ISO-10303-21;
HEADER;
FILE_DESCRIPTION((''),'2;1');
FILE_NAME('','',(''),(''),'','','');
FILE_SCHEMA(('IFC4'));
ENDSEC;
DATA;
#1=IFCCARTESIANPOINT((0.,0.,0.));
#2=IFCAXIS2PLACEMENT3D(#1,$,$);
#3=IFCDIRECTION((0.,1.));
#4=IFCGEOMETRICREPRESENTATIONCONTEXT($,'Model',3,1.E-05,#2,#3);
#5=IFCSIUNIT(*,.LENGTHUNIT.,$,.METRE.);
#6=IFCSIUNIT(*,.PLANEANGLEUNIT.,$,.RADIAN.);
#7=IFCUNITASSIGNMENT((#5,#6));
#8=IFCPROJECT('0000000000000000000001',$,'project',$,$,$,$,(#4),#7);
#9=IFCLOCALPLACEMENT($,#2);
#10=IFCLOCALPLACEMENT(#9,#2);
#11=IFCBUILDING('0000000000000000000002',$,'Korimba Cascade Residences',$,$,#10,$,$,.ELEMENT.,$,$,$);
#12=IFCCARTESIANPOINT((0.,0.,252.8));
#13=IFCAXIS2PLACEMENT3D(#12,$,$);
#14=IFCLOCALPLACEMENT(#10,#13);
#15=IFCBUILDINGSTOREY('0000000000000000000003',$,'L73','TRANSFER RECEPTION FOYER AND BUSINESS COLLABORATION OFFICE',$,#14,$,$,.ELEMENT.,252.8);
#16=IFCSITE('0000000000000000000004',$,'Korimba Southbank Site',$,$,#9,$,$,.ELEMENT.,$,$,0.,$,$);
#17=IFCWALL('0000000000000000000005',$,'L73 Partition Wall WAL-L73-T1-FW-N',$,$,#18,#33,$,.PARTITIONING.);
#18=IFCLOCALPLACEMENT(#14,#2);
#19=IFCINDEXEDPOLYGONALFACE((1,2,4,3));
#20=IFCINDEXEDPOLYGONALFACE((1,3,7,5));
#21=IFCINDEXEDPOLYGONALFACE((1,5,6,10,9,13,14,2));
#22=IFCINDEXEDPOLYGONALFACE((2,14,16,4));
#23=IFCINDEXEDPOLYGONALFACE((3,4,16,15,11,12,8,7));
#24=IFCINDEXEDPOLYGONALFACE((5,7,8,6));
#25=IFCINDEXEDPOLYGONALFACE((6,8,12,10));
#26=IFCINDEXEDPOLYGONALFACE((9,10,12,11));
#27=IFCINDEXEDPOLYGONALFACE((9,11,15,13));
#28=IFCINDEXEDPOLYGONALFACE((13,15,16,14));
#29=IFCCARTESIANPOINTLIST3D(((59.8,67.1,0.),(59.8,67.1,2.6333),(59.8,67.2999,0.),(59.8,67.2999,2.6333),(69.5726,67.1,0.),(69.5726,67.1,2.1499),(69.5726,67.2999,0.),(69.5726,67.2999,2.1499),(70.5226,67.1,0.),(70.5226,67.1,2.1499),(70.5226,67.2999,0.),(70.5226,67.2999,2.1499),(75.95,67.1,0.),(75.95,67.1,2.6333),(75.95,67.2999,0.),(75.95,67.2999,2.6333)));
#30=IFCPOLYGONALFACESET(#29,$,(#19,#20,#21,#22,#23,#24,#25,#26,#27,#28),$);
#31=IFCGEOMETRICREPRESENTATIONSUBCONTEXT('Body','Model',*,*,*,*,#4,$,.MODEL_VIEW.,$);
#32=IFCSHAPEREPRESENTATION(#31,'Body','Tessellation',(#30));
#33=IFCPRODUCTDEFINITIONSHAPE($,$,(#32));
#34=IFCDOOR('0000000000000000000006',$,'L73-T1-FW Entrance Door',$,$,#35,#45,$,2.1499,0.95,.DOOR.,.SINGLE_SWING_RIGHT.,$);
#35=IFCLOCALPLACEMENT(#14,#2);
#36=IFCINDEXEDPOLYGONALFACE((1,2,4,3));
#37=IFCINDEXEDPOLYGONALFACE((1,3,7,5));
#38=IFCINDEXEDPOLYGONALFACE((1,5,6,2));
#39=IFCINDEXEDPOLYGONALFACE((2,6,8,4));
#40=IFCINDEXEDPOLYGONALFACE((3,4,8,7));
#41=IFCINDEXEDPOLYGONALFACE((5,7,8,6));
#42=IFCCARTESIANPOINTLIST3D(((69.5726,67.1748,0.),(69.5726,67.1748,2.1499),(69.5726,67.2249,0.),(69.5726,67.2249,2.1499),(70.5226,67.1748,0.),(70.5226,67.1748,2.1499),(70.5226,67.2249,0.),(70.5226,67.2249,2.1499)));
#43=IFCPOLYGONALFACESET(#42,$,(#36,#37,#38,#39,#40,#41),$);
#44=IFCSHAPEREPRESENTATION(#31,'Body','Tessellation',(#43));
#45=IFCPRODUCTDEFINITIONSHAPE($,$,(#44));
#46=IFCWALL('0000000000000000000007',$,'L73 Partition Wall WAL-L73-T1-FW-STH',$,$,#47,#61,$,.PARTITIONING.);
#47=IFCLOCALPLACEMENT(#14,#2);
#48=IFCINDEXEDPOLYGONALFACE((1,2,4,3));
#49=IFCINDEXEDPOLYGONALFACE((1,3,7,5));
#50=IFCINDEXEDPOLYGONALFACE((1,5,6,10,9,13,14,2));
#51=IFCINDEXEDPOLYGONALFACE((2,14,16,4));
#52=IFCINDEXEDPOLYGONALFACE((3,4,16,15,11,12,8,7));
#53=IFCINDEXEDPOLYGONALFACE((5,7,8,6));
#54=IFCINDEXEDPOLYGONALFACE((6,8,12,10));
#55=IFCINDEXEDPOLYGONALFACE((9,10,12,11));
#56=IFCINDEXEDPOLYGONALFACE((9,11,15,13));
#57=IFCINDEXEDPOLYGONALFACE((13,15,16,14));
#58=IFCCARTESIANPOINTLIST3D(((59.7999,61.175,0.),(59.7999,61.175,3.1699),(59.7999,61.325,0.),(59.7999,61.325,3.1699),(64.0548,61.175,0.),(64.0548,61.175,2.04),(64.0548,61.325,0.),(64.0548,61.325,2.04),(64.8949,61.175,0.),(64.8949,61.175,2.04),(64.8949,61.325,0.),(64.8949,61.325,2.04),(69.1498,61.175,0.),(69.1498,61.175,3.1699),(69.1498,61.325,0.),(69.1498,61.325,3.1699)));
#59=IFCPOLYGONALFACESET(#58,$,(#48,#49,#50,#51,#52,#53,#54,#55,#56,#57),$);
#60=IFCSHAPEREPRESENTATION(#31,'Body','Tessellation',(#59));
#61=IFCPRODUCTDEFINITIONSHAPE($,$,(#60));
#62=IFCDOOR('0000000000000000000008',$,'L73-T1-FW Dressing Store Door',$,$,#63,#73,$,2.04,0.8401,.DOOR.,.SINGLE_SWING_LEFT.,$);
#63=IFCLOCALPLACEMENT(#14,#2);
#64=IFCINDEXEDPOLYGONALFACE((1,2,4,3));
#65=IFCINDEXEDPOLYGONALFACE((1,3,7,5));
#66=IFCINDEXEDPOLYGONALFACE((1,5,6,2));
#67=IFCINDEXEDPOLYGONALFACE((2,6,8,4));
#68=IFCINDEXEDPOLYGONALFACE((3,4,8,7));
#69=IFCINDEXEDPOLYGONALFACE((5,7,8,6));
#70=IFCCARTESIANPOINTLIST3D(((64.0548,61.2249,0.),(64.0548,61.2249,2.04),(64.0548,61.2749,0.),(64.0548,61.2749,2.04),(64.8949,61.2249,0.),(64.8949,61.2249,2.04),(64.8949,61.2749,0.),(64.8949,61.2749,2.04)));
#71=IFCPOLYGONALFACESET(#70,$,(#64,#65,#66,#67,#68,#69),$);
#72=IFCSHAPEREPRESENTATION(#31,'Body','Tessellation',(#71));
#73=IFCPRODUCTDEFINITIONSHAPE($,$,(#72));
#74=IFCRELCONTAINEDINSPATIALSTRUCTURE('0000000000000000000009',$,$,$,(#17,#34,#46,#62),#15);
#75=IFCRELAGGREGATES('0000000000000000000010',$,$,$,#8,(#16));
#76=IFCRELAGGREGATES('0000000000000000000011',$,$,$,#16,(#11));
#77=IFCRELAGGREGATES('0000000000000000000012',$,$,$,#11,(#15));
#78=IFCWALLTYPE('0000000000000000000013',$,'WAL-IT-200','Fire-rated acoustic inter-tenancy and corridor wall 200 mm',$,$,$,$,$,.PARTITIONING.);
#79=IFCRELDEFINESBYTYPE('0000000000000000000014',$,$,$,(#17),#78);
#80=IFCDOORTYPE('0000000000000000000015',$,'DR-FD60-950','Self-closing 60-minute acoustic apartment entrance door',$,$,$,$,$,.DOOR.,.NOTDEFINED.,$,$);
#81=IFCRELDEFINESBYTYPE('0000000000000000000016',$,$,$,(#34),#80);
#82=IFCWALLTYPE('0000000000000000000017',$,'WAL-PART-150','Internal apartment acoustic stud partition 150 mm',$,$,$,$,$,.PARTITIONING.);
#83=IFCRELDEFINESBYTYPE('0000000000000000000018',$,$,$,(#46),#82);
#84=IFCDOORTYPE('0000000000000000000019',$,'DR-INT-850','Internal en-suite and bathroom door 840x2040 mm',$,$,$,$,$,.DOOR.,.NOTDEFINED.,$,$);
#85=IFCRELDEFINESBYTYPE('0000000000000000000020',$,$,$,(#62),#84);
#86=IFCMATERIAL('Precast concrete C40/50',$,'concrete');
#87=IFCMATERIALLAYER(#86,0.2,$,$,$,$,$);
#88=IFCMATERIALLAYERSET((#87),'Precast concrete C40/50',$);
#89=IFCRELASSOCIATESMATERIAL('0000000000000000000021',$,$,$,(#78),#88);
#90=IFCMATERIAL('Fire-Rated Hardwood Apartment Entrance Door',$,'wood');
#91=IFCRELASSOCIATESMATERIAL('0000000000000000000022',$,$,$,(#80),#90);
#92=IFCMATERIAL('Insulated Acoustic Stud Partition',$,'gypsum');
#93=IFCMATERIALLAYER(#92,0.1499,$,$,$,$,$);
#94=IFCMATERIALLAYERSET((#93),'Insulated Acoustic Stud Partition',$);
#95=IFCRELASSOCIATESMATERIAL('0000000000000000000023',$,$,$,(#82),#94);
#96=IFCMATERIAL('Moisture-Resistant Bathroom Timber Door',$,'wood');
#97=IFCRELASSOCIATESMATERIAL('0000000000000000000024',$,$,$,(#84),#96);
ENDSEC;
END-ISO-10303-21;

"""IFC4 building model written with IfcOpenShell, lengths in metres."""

from ifc_helpers import new_model, si_unit, direction, frame, frame_2d, origin, place, context, subcontext, project, spatial, rectangle, extrude, material, layer, layer_set, type_object, element, fill, save


model = new_model("IFC4")

# Units and contexts
model_context = context("Model", 3, precision=1e-05, world=origin(), true_north=direction((0.0, 1.0)))
body_context = subcontext(model_context, "Body", "Model", "MODEL_VIEW")
ifc_project = project(units=[si_unit("LENGTHUNIT", "METRE"), si_unit("PLANEANGLEUNIT", "RADIAN")], contexts=[model_context])

# Site, building, storey
site_placement = place(None, origin())
site = spatial("IfcSite", under=ifc_project, at=site_placement, Name="Korimba Southbank Site", CompositionType="ELEMENT", RefElevation=0.0)
building_placement = place(site_placement, origin())
building = spatial("IfcBuilding", under=site, at=building_placement, Name="Korimba Cascade Residences", CompositionType="ELEMENT")
storey_placement = place(building_placement, frame((0.0, 0.0, 252.8)))
storey = spatial("IfcBuildingStorey", under=building, at=storey_placement, Name="L73", Description="TRANSFER RECEPTION FOYER AND BUSINESS COLLABORATION OFFICE", CompositionType="ELEMENT", Elevation=252.8)

# Shared definitions
ifc_material_1 = material(Name="Precast concrete C40/50", Category="concrete")

# Shared definitions
ifc_layer_1 = layer(ifc_material_1, 0.2)
ifc_layer_set_1 = layer_set([ifc_layer_1], Name="Precast concrete C40/50")
wall_type_1 = type_object("IfcWallType", Name="WAL-IT-200", Description="Fire-rated acoustic inter-tenancy and corridor wall 200 mm", PredefinedType="PARTITIONING", material=ifc_layer_set_1)

# Walls, openings, doors
wall_1_placement = place(storey_placement, frame((59.8, 67.2, 0.0), z_axis=(0.0, 0.0, 1.0), x_axis=(1.0, 0.0, 0.0)))
wall_1 = element("IfcWall", 1, at=wall_1_placement, inside=storey, type_object=wall_type_1, Name="L73 Partition Wall WAL-L73-T1-FW-N", PredefinedType="PARTITIONING", context=body_context, shape_type="SweptSolid", body=[
    extrude(rectangle(XDim=16.1499, YDim=0.2, at=frame_2d((8.075, 0.0))), origin(), (0.0, 0.0, 1.0), 2.6333),
])
opening_1_placement = place(wall_1_placement, frame((9.7725, 0.0, 0.0)))
opening_1 = element("IfcOpeningElement", 2, at=opening_1_placement, cuts=wall_1, PredefinedType="OPENING", context=body_context, shape_type="SweptSolid", body=[
    extrude(rectangle(XDim=0.95, YDim=2.1499, at=frame_2d((0.4751, 1.075))), frame((0.0, 0.1099, 0.0), z_axis=(0.0, -1.0, 0.0), x_axis=(1.0, 0.0, 0.0)), (0.0, 0.0, 1.0), 0.22),
])
ifc_material_2 = material(Name="Fire-Rated Hardwood Apartment Entrance Door", Category="wood")
door_type_1 = type_object("IfcDoorType", Name="DR-FD60-950", Description="Self-closing 60-minute acoustic apartment entrance door", OperationType="NOTDEFINED", PredefinedType="DOOR", material=ifc_material_2)
door_1_placement = place(opening_1_placement, origin())
door_1 = element("IfcDoor", 3, at=door_1_placement, inside=storey, type_object=door_type_1, Name="L73-T1-FW Entrance Door", OperationType="SINGLE_SWING_RIGHT", OverallHeight=2.1499, OverallWidth=0.95, PredefinedType="DOOR", context=body_context, shape_type="SweptSolid", body=[
    extrude(rectangle(XDim=0.95, YDim=2.1499, at=frame_2d((0.4751, 1.075))), frame((0.0, 0.0249, 0.0), z_axis=(0.0, -1.0, 0.0), x_axis=(1.0, 0.0, 0.0)), (0.0, 0.0, 1.0), 0.05),
])
fill(opening_1, door_1)
ifc_material_3 = material(Name="Insulated Acoustic Stud Partition", Category="gypsum")
ifc_layer_2 = layer(ifc_material_3, 0.1499)
ifc_layer_set_2 = layer_set([ifc_layer_2], Name="Insulated Acoustic Stud Partition")
wall_type_2 = type_object("IfcWallType", Name="WAL-PART-150", Description="Internal apartment acoustic stud partition 150 mm", PredefinedType="PARTITIONING", material=ifc_layer_set_2)
wall_2_placement = place(storey_placement, frame((59.8, 61.25, 0.0), z_axis=(0.0, 0.0, 1.0), x_axis=(1.0, 0.0, 0.0)))
wall_2 = element("IfcWall", 4, at=wall_2_placement, inside=storey, type_object=wall_type_2, Name="L73 Partition Wall WAL-L73-T1-FW-STH", PredefinedType="PARTITIONING", context=body_context, shape_type="SweptSolid", body=[
    extrude(rectangle(XDim=9.3499, YDim=0.1499, at=frame_2d((4.6748, 0.0))), origin(), (0.0, 0.0, 1.0), 3.1699),
])
opening_2_placement = place(wall_2_placement, frame((4.2549, 0.0, 0.0)))
opening_2 = element("IfcOpeningElement", 5, at=opening_2_placement, cuts=wall_2, PredefinedType="OPENING", context=body_context, shape_type="SweptSolid", body=[
    extrude(rectangle(XDim=0.8401, YDim=2.04, at=frame_2d((0.4199, 1.02))), frame((0.0, 0.085, 0.0), z_axis=(0.0, -1.0, 0.0), x_axis=(1.0, 0.0, 0.0)), (0.0, 0.0, 1.0), 0.1699),
])
ifc_material_4 = material(Name="Moisture-Resistant Bathroom Timber Door", Category="wood")
door_type_2 = type_object("IfcDoorType", Name="DR-INT-850", Description="Internal en-suite and bathroom door 840x2040 mm", OperationType="NOTDEFINED", PredefinedType="DOOR", material=ifc_material_4)
door_2_placement = place(opening_2_placement, origin())
door_2 = element("IfcDoor", 6, at=door_2_placement, inside=storey, type_object=door_type_2, Name="L73-T1-FW Dressing Store Door", OperationType="SINGLE_SWING_LEFT", OverallHeight=2.04, OverallWidth=0.8401, PredefinedType="DOOR", context=body_context, shape_type="SweptSolid", body=[
    extrude(rectangle(XDim=0.8401, YDim=2.04, at=frame_2d((0.4199, 1.02))), frame((0.0, 0.0249, 0.0), z_axis=(0.0, -1.0, 0.0), x_axis=(1.0, 0.0, 0.0)), (0.0, 0.0, 1.0), 0.05),
])
fill(opening_2, door_2)

save(model, "model.ifc")
